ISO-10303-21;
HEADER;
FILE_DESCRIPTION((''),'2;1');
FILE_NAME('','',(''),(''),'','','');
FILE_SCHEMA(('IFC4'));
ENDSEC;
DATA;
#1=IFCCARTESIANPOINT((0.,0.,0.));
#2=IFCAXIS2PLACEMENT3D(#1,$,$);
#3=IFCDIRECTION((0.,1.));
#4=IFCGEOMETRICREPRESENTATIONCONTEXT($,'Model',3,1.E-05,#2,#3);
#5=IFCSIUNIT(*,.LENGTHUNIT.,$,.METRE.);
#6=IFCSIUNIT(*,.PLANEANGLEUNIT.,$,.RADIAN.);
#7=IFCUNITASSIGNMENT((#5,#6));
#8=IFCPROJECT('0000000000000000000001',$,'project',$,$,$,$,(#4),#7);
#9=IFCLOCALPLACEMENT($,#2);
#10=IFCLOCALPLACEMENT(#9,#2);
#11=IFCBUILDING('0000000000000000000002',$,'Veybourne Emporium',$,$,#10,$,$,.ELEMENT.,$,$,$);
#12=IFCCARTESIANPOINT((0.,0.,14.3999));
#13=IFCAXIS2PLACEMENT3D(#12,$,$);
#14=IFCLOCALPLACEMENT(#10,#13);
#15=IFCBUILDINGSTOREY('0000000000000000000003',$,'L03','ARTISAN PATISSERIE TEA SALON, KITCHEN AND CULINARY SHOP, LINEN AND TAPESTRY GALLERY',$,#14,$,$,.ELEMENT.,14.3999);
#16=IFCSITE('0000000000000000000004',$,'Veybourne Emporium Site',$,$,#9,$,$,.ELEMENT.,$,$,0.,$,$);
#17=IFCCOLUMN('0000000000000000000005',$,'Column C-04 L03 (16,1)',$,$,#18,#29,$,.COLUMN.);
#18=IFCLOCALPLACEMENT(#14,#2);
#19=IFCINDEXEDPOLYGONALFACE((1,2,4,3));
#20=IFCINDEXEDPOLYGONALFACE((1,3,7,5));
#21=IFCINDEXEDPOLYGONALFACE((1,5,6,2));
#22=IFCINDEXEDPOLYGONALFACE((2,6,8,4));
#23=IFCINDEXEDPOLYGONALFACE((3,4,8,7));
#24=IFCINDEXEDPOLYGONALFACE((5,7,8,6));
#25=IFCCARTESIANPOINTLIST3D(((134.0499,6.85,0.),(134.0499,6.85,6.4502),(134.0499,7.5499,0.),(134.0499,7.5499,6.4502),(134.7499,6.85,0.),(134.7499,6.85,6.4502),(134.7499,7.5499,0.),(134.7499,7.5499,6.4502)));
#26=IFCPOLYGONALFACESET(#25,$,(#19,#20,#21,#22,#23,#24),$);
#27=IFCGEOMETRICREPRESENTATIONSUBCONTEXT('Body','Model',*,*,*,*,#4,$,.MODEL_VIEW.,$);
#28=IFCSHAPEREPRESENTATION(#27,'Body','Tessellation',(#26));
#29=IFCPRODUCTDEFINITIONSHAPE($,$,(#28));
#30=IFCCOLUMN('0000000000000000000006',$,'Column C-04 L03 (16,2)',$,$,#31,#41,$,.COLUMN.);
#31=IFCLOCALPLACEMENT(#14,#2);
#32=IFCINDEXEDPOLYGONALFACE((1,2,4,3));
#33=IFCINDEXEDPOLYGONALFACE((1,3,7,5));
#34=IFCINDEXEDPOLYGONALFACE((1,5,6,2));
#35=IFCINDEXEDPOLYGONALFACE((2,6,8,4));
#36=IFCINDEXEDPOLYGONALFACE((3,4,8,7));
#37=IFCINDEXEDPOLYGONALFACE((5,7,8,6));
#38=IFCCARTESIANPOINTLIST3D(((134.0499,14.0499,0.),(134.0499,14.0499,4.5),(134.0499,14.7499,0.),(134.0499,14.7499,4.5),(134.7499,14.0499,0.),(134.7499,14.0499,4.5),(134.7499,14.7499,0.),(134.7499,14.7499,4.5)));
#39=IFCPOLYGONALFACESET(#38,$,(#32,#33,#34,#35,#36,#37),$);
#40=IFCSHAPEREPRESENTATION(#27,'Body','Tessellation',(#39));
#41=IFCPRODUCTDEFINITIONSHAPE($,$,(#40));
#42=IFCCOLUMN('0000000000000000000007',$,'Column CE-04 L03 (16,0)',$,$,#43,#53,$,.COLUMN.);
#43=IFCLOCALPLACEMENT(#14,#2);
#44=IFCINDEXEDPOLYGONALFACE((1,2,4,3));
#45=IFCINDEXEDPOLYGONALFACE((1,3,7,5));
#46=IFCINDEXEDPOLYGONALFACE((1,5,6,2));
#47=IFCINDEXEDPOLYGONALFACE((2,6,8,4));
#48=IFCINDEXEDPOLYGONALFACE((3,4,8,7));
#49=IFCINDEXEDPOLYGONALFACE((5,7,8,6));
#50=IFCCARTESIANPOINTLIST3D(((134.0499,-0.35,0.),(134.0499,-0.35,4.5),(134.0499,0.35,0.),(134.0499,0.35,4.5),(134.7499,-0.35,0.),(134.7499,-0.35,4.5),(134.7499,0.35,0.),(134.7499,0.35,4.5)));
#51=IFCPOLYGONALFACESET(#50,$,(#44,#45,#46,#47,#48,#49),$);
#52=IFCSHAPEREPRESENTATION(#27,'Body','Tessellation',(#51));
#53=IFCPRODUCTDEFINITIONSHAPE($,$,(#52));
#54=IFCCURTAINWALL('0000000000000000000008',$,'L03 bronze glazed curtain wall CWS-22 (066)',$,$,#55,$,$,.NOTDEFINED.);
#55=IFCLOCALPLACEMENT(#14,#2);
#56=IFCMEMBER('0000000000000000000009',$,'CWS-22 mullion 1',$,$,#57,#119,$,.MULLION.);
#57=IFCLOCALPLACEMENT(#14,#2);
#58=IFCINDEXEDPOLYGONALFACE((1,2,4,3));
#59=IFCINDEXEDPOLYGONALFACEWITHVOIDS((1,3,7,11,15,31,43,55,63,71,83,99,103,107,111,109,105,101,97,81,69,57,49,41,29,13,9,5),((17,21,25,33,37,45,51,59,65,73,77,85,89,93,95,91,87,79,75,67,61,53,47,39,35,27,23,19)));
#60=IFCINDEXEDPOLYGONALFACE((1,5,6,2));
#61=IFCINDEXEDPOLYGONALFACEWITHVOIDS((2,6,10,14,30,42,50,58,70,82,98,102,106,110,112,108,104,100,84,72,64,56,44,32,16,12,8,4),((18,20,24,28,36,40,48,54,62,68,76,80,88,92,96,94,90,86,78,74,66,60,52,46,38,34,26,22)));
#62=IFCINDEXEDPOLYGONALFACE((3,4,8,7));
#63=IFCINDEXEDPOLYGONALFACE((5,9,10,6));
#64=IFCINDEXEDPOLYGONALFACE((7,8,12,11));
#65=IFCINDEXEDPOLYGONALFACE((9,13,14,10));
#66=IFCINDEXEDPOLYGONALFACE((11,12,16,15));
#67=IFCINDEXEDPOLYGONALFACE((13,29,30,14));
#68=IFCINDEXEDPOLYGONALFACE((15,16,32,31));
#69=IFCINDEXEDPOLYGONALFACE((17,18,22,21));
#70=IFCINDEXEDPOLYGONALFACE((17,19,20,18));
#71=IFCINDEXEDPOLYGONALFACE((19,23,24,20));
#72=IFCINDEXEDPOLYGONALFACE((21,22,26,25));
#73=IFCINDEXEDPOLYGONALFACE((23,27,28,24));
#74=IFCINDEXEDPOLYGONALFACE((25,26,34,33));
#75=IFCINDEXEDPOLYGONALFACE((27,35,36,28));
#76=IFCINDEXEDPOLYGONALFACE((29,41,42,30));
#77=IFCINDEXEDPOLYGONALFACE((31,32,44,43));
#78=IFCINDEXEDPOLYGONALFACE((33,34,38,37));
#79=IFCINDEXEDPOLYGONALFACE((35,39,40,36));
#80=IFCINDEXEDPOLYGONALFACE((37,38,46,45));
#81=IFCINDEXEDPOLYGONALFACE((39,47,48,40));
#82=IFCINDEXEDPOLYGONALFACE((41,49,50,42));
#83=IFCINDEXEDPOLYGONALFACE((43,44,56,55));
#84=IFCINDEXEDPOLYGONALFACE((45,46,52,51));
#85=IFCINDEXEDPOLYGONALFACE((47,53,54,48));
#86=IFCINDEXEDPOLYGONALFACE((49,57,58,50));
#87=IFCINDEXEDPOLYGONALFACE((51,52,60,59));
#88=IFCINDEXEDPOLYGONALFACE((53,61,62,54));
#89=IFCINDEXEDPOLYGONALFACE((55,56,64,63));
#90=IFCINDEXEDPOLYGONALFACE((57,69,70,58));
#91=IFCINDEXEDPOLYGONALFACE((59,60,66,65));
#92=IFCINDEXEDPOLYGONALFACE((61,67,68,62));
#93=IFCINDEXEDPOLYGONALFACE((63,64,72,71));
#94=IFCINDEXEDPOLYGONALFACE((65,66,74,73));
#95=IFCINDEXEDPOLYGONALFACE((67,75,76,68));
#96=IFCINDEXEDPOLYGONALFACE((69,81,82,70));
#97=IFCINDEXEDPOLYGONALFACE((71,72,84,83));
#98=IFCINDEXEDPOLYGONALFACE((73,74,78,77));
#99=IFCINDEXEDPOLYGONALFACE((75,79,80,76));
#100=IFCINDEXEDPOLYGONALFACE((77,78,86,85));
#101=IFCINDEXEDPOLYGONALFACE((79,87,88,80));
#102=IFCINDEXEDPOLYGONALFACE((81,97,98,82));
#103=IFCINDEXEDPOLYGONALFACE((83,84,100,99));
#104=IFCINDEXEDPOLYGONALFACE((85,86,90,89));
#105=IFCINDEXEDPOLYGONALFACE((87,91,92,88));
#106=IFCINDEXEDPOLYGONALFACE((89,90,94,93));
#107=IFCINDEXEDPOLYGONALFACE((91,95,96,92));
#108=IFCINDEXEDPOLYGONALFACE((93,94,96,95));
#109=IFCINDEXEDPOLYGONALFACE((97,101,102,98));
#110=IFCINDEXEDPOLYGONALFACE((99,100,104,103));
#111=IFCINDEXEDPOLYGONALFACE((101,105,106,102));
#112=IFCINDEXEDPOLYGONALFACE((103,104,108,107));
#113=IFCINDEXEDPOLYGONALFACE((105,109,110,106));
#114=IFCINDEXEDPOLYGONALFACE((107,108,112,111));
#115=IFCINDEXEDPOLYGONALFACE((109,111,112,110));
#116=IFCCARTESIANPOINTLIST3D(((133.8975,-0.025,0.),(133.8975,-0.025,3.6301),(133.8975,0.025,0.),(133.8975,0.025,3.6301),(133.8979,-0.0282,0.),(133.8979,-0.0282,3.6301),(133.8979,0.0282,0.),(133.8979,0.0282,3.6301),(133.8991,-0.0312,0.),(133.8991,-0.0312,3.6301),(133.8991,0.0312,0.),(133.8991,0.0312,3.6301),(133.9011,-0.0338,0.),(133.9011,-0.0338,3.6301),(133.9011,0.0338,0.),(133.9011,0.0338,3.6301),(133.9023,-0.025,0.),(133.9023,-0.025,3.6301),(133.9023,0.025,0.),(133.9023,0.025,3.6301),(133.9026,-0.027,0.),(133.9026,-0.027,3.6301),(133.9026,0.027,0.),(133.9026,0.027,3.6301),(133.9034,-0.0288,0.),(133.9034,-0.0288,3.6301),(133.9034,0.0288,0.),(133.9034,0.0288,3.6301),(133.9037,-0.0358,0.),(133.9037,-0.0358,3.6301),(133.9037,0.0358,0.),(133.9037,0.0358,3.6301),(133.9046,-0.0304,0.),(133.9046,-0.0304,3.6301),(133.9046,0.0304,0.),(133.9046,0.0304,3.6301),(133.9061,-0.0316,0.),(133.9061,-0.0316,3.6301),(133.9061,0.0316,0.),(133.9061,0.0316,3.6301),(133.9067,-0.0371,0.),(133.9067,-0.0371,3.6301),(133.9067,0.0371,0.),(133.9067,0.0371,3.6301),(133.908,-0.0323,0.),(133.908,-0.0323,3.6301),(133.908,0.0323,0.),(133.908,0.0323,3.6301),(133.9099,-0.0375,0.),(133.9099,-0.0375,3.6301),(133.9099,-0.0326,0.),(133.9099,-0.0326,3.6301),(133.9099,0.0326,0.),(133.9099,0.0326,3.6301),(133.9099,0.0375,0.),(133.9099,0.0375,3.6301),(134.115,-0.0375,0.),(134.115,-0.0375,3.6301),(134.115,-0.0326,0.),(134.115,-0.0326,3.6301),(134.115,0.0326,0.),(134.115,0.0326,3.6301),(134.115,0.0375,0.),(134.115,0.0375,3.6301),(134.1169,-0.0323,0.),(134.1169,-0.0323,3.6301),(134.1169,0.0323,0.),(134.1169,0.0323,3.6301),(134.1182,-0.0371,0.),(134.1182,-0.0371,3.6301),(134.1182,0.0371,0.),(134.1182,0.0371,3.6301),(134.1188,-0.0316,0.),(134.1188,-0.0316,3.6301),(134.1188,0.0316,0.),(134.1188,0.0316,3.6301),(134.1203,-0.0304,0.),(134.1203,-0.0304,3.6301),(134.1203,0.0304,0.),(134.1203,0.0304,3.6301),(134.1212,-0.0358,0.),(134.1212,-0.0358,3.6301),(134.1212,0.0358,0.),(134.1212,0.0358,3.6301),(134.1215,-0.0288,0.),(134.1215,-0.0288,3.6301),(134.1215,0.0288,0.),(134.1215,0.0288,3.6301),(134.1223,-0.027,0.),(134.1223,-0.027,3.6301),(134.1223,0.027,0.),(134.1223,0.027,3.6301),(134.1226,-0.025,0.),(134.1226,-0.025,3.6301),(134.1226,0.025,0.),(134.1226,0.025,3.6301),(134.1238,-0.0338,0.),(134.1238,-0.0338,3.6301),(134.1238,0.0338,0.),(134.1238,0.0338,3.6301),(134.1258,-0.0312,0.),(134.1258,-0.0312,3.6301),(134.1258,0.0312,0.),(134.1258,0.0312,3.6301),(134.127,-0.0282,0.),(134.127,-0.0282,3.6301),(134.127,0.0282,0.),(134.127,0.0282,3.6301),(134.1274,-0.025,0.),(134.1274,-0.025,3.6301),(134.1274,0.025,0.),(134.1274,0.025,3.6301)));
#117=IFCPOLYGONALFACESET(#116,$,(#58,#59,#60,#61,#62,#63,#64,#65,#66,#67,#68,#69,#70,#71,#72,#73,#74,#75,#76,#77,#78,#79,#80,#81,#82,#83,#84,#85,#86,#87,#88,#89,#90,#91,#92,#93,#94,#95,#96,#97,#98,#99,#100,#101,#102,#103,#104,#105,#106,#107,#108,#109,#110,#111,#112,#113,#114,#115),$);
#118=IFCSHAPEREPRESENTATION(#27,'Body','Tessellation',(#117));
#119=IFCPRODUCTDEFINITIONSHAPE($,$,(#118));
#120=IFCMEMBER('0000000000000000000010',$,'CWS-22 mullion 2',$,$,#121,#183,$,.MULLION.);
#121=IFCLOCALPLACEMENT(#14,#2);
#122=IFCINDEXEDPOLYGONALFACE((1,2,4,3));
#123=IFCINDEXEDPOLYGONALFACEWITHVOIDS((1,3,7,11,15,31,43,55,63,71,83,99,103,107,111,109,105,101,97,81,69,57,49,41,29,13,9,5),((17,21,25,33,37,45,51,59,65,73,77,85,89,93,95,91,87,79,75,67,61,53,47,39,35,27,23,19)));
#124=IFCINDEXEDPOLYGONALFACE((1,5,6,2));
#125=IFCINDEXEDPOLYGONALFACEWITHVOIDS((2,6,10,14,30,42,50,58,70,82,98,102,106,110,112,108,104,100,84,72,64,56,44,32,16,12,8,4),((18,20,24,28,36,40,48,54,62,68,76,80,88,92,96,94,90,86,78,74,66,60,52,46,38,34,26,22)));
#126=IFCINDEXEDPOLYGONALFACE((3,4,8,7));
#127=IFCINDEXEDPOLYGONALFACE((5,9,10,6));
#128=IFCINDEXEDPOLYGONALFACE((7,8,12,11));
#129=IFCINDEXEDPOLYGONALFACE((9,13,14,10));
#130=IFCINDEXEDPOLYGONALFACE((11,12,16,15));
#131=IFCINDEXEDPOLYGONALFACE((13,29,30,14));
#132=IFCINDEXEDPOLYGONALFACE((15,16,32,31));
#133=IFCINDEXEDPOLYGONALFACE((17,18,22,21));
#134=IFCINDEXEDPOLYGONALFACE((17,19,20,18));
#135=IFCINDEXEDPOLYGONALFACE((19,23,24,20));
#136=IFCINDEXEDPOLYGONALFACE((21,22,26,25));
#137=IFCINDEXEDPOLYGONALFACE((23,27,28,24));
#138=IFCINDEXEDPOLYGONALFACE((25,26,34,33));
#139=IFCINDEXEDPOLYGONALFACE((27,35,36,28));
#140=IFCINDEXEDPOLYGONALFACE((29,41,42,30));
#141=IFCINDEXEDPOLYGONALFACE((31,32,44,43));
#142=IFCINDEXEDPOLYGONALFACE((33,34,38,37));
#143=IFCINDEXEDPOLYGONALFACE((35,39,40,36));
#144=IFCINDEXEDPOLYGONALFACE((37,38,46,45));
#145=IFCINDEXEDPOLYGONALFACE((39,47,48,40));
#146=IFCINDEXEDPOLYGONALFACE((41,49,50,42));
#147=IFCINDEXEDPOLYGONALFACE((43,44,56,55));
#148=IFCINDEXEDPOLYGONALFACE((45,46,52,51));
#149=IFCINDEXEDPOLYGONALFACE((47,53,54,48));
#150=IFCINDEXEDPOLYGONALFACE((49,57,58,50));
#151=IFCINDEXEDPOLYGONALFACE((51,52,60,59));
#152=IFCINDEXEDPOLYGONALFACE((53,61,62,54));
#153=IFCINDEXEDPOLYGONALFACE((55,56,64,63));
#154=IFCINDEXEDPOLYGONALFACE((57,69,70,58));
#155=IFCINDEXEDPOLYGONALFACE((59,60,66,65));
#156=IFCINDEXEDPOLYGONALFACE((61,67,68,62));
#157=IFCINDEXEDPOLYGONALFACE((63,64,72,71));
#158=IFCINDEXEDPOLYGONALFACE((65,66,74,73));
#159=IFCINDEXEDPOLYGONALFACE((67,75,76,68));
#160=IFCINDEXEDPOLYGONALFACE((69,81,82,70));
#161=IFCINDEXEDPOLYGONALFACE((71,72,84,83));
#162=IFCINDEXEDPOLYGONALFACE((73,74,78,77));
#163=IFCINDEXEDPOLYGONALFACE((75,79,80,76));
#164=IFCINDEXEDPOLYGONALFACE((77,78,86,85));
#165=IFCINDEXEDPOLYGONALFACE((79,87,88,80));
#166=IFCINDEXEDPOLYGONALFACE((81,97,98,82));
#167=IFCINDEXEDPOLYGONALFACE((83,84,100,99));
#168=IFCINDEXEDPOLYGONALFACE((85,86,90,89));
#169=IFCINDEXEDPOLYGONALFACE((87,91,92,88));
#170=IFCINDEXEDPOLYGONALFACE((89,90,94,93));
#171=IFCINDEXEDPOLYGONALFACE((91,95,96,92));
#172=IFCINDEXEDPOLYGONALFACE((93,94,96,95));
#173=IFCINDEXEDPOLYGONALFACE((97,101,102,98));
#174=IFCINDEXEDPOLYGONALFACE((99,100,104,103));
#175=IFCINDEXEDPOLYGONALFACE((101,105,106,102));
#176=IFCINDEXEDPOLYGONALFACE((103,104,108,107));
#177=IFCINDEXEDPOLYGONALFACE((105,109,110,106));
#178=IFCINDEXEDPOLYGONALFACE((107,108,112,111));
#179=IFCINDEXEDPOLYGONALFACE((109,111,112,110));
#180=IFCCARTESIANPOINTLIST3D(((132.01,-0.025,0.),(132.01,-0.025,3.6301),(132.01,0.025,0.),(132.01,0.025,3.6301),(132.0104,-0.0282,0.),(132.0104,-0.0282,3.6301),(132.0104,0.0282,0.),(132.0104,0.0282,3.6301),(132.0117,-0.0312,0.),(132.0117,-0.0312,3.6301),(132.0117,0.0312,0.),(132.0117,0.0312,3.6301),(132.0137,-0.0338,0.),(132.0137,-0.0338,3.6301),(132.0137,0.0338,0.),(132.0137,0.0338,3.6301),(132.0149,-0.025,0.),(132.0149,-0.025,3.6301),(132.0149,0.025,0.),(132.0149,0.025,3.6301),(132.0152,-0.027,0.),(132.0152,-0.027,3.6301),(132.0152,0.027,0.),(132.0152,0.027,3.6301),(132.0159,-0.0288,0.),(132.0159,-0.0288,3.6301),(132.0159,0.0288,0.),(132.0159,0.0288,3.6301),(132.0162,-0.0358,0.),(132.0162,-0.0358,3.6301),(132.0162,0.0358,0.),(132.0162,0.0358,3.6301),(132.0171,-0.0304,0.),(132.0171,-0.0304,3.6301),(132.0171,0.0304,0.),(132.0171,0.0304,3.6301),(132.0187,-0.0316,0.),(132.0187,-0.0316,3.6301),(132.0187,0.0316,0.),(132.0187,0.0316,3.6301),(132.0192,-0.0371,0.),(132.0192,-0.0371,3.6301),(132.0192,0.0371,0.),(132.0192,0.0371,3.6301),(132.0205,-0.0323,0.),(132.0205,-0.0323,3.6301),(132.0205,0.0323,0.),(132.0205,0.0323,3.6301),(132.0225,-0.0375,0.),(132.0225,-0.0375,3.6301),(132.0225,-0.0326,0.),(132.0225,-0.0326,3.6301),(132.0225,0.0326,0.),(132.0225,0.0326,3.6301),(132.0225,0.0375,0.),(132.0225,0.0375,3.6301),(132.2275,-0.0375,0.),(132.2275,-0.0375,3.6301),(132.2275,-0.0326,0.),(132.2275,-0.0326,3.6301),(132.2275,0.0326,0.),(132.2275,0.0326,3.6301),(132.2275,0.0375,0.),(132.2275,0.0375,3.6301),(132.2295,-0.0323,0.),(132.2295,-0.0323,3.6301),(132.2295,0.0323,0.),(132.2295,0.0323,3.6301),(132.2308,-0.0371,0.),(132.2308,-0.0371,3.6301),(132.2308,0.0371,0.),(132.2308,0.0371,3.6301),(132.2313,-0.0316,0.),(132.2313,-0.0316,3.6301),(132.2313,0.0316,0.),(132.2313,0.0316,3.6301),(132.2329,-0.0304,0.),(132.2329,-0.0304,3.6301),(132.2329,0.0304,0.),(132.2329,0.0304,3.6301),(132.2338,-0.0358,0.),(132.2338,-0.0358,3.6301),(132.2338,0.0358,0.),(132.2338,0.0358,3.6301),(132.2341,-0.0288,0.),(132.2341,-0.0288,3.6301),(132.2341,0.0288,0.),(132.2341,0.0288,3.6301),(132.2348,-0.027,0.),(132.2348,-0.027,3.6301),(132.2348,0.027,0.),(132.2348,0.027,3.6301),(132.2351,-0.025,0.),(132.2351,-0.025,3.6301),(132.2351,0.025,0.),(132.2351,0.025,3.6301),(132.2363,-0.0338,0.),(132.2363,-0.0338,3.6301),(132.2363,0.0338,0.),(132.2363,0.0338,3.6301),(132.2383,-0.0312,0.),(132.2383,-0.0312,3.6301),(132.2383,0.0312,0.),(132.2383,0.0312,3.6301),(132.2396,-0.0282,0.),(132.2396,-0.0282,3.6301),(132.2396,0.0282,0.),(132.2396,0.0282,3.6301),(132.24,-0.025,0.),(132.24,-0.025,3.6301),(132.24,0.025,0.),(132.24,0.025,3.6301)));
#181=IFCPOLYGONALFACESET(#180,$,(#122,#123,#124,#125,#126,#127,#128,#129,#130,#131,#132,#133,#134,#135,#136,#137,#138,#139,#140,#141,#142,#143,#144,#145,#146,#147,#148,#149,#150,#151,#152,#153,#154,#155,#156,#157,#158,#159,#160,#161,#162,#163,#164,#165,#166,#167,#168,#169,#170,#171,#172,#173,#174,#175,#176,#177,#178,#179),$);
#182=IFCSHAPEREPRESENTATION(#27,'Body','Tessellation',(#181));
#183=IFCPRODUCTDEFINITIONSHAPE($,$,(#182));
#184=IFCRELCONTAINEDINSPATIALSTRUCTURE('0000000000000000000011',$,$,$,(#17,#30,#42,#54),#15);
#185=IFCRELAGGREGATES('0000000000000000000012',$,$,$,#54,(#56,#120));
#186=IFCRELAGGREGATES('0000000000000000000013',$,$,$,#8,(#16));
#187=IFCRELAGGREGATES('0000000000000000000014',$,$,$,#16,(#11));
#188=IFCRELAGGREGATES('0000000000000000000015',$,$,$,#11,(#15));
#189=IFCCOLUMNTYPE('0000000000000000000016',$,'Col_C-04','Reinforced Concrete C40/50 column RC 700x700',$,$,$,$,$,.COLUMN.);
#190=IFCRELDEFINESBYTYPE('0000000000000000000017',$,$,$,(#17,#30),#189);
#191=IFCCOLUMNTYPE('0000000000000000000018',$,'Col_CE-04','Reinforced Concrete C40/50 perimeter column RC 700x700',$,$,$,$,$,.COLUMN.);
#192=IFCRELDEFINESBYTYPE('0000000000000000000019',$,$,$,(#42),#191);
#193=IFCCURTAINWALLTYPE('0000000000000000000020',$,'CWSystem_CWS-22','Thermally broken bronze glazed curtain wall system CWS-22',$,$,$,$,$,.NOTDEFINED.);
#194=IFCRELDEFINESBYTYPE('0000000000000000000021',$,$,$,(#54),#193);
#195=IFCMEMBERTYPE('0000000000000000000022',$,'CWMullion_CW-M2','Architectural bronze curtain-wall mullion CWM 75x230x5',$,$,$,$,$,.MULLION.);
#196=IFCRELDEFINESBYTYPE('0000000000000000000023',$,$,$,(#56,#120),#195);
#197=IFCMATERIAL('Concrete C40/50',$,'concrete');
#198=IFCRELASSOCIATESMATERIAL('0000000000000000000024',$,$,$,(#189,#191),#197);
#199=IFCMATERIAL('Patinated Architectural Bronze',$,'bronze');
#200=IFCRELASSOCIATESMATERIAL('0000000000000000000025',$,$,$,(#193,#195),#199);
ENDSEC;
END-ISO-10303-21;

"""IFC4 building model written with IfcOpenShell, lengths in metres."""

from ifc_helpers import new_model, si_unit, direction, frame, origin, origin_2d, place, context, subcontext, project, spatial, rectangle, hollow_rectangle, extrude, material, material_profile, profile_set, type_object, element, aggregate, save


model = new_model("IFC4")

# Units and contexts
model_context = context("Model", 3, precision=1e-05, world=origin(), true_north=direction((0.0, 1.0)))
body_context = subcontext(model_context, "Body", "Model", "MODEL_VIEW")
ifc_project = project(units=[si_unit("LENGTHUNIT", "METRE"), si_unit("PLANEANGLEUNIT", "RADIAN")], contexts=[model_context])

# Site, building, storey
site_placement = place(None, origin())
site = spatial("IfcSite", under=ifc_project, at=site_placement, Name="Veybourne Emporium Site", CompositionType="ELEMENT", RefElevation=0.0)
building_placement = place(site_placement, origin())
building = spatial("IfcBuilding", under=site, at=building_placement, Name="Veybourne Emporium", CompositionType="ELEMENT")
storey_placement = place(building_placement, frame((0.0, 0.0, 14.3999)))
storey = spatial("IfcBuildingStorey", under=building, at=storey_placement, Name="L03", Description="ARTISAN PATISSERIE TEA SALON, KITCHEN AND CULINARY SHOP, LINEN AND TAPESTRY GALLERY", CompositionType="ELEMENT", Elevation=14.3999)

# Columns
ifc_material_1 = material(Name="Concrete C40/50", Category="concrete")
ifc_material_profile_1 = material_profile(ifc_material_1, rectangle(XDim=0.7, YDim=0.7, at=origin_2d()), Name="RC 700x700")
ifc_profile_set_1 = profile_set([ifc_material_profile_1], Name="Concrete C40/50")
column_type_1 = type_object("IfcColumnType", Name="Col_C-04", Description="Reinforced Concrete C40/50 column RC 700x700", PredefinedType="COLUMN", material=ifc_profile_set_1)
column_1_placement = place(storey_placement, frame((134.3999, 7.2, 0.0), z_axis=(0.0, 0.0, 1.0), x_axis=(1.0, 0.0, 0.0)))
element("IfcColumn", 1, at=column_1_placement, inside=storey, type_object=column_type_1, Name="Column C-04 L03 (16,1)", PredefinedType="COLUMN", context=body_context, shape_type="SweptSolid", body=[
    extrude(rectangle(XDim=0.7, YDim=0.7, at=origin_2d()), origin(), (0.0, 0.0, 1.0), 6.4502),
])
column_2_placement = place(storey_placement, frame((134.3999, 14.3999, 0.0), z_axis=(0.0, 0.0, 1.0), x_axis=(1.0, 0.0, 0.0)))
element("IfcColumn", 2, at=column_2_placement, inside=storey, type_object=column_type_1, Name="Column C-04 L03 (16,2)", PredefinedType="COLUMN", context=body_context, shape_type="SweptSolid", body=[
    extrude(rectangle(XDim=0.7, YDim=0.7, at=origin_2d()), origin(), (0.0, 0.0, 1.0), 4.5),
])
ifc_material_profile_2 = material_profile(ifc_material_1, rectangle(XDim=0.7, YDim=0.7, at=origin_2d()), Name="RC 700x700")
ifc_profile_set_2 = profile_set([ifc_material_profile_2], Name="Concrete C40/50")
column_type_2 = type_object("IfcColumnType", Name="Col_CE-04", Description="Reinforced Concrete C40/50 perimeter column RC 700x700", PredefinedType="COLUMN", material=ifc_profile_set_2)
column_3_placement = place(storey_placement, frame((134.3999, 0.0, 0.0), z_axis=(0.0, 0.0, 1.0), x_axis=(1.0, 0.0, 0.0)))
element("IfcColumn", 3, at=column_3_placement, inside=storey, type_object=column_type_2, Name="Column CE-04 L03 (16,0)", PredefinedType="COLUMN", context=body_context, shape_type="SweptSolid", body=[
    extrude(rectangle(XDim=0.7, YDim=0.7, at=origin_2d()), origin(), (0.0, 0.0, 1.0), 4.5),
])

# Curtain wall, members
ifc_material_2 = material(Name="Patinated Architectural Bronze", Category="bronze")
curtain_wall_type_1 = type_object("IfcCurtainWallType", Name="CWSystem_CWS-22", Description="Thermally broken bronze glazed curtain wall system CWS-22", PredefinedType="NOTDEFINED", material=ifc_material_2)
curtain_wall_1_placement = place(storey_placement, origin())
curtain_wall_1 = element("IfcCurtainWall", 4, at=curtain_wall_1_placement, inside=storey, type_object=curtain_wall_type_1, Name="L03 bronze glazed curtain wall CWS-22 (066)", PredefinedType="NOTDEFINED")
ifc_material_profile_3 = material_profile(ifc_material_2, hollow_rectangle(XDim=0.075, YDim=0.23, WallThickness=0.0049, InnerFilletRadius=0.0076, OuterFilletRadius=0.0125, at=origin_2d()), Name="CWM 75x230x5")
ifc_profile_set_3 = profile_set([ifc_material_profile_3], Name="Patinated Architectural Bronze")
member_type_1 = type_object("IfcMemberType", Name="CWMullion_CW-M2", Description="Architectural bronze curtain-wall mullion CWM 75x230x5", PredefinedType="MULLION", material=ifc_profile_set_3)
member_1_placement = place(storey_placement, frame((134.0125, 0.0, 0.0), z_axis=(0.0, 0.0, 1.0), x_axis=(0.0, -1.0, 0.0)))
member_1 = element("IfcMember", 5, at=member_1_placement, type_object=member_type_1, Name="CWS-22 mullion 1", PredefinedType="MULLION", context=body_context, shape_type="SweptSolid", body=[
    extrude(hollow_rectangle(XDim=0.075, YDim=0.23, WallThickness=0.0049, InnerFilletRadius=0.0076, OuterFilletRadius=0.0125, at=origin_2d()), origin(), (0.0, 0.0, 1.0), 3.6301),
])
member_2_placement = place(storey_placement, frame((132.125, 0.0, 0.0), z_axis=(0.0, 0.0, 1.0), x_axis=(0.0, -1.0, 0.0)))
member_2 = element("IfcMember", 6, at=member_2_placement, type_object=member_type_1, Name="CWS-22 mullion 2", PredefinedType="MULLION", context=body_context, shape_type="SweptSolid", body=[
    extrude(hollow_rectangle(XDim=0.075, YDim=0.23, WallThickness=0.0049, InnerFilletRadius=0.0076, OuterFilletRadius=0.0125, at=origin_2d()), origin(), (0.0, 0.0, 1.0), 3.6301),
])

aggregate(curtain_wall_1, [member_1, member_2])

save(model, "model.ifc")
